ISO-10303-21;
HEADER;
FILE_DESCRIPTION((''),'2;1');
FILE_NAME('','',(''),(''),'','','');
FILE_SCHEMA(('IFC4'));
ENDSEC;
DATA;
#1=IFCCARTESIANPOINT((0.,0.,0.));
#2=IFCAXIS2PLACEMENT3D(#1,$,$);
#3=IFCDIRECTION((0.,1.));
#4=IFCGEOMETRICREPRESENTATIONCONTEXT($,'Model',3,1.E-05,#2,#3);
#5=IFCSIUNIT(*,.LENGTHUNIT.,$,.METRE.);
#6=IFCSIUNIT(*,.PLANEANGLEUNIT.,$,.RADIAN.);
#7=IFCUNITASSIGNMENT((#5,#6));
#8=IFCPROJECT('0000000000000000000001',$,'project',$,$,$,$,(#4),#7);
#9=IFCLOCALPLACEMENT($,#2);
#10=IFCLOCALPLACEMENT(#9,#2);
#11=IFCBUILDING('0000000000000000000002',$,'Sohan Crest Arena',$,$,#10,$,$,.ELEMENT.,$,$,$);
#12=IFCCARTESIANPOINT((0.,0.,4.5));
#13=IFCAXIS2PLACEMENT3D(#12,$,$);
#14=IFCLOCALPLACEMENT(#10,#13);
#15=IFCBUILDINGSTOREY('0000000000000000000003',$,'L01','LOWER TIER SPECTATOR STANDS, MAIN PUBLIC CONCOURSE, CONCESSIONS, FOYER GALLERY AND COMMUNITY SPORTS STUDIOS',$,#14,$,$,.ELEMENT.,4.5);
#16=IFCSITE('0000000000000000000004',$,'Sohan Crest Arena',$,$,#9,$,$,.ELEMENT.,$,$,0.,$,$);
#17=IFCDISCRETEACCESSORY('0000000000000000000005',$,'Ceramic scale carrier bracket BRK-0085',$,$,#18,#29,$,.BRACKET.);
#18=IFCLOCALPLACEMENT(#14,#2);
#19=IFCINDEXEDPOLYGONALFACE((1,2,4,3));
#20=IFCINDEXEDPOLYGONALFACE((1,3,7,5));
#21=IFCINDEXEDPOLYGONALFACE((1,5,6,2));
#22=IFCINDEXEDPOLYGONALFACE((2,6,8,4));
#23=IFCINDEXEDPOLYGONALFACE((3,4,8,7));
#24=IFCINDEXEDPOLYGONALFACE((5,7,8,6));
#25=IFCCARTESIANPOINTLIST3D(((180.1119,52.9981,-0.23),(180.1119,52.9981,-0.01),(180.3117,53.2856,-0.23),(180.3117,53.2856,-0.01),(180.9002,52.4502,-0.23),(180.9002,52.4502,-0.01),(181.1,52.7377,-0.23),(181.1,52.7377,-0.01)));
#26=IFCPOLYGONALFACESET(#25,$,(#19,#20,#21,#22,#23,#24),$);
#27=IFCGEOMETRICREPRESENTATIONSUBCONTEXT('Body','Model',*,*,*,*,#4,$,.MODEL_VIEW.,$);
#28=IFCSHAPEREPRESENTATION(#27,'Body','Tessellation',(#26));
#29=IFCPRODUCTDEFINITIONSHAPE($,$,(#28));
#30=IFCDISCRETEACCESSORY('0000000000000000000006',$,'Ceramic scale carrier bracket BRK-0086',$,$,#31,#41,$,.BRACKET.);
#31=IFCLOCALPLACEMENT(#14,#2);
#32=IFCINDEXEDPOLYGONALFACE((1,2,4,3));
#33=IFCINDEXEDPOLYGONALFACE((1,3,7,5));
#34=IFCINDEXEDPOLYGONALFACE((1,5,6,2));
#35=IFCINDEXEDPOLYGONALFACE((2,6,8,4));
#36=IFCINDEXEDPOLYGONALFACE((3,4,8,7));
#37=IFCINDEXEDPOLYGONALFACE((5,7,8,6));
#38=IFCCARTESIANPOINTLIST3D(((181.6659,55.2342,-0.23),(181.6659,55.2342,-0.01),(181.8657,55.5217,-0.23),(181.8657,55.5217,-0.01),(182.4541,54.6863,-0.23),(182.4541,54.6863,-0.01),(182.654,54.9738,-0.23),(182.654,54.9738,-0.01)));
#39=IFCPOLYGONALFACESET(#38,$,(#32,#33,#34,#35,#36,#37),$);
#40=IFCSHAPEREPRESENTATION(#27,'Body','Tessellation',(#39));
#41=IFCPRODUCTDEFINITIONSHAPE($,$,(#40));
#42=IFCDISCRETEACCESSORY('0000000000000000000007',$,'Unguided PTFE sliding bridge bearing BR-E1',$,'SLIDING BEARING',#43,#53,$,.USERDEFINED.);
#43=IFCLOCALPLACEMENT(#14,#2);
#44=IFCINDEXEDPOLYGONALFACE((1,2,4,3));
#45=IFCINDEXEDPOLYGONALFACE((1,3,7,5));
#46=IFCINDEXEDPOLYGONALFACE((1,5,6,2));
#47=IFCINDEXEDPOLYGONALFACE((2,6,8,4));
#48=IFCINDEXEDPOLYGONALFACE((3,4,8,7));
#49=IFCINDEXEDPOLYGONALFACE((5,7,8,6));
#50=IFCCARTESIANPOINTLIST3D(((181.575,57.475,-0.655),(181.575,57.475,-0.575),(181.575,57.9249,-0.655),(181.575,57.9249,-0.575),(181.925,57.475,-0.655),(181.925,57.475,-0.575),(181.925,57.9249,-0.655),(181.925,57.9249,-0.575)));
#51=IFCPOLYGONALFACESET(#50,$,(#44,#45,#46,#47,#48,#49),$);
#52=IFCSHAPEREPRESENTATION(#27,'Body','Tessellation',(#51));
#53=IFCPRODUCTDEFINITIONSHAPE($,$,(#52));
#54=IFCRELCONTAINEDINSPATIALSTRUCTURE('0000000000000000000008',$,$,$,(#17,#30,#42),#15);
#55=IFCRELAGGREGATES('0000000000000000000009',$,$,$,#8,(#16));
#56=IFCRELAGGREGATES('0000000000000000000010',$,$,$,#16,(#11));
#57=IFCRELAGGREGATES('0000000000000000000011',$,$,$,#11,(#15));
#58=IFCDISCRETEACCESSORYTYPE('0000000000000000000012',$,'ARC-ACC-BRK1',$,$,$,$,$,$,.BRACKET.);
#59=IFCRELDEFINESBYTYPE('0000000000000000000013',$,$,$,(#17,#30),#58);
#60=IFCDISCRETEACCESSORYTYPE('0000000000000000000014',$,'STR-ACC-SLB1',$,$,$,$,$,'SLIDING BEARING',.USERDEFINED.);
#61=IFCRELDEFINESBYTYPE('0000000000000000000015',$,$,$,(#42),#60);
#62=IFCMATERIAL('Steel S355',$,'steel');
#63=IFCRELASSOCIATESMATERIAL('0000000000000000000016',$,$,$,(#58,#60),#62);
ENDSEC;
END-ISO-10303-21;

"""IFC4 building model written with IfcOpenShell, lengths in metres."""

from ifc_helpers import new_model, si_unit, direction, frame, origin, origin_2d, place, context, subcontext, project, spatial, rectangle, extrude, material, type_object, element, save


model = new_model("IFC4")

# Units and contexts
model_context = context("Model", 3, precision=1e-05, world=origin(), true_north=direction((0.0, 1.0)))
body_context = subcontext(model_context, "Body", "Model", "MODEL_VIEW")
ifc_project = project(units=[si_unit("LENGTHUNIT", "METRE"), si_unit("PLANEANGLEUNIT", "RADIAN")], contexts=[model_context])

# Site, building, storey
site_placement = place(None, origin())
site = spatial("IfcSite", under=ifc_project, at=site_placement, Name="Sohan Crest Arena", CompositionType="ELEMENT", RefElevation=0.0)
building_placement = place(site_placement, origin())
building = spatial("IfcBuilding", under=site, at=building_placement, Name="Sohan Crest Arena", CompositionType="ELEMENT")
storey_placement = place(building_placement, frame((0.0, 0.0, 4.5)))
storey = spatial("IfcBuildingStorey", under=building, at=storey_placement, Name="L01", Description="LOWER TIER SPECTATOR STANDS, MAIN PUBLIC CONCOURSE, CONCESSIONS, FOYER GALLERY AND COMMUNITY SPORTS STUDIOS", CompositionType="ELEMENT", Elevation=4.5)

# Shared definitions
ifc_material_1 = material(Name="Steel S355", Category="steel")

# Discrete accessories
discrete_accessory_type_1 = type_object("IfcDiscreteAccessoryType", Name="ARC-ACC-BRK1", PredefinedType="BRACKET", material=ifc_material_1)
for number, where, z_axis, x_axis, name in (
    (1, (180.606, 52.8679, -0.23), (0.0, 0.0, 1.0), (0.570714, 0.821149, 0.0), "Ceramic scale carrier bracket BRK-0085"),
    (2, (182.1599, 55.104, -0.23), (0.0, 0.0, 1.0), (0.570714, 0.821149, 0.0), "Ceramic scale carrier bracket BRK-0086"),
):
    element("IfcDiscreteAccessory", number, at=place(storey_placement, frame(where, z_axis=z_axis, x_axis=x_axis)), inside=storey, type_object=discrete_accessory_type_1, Name=name, PredefinedType="BRACKET", context=body_context, shape_type="SweptSolid", body=[
        extrude(rectangle(XDim=0.3501, YDim=0.96, at=origin_2d()), origin(), (0.0, 0.0, 1.0), 0.22),
    ])
discrete_accessory_type_2 = type_object("IfcDiscreteAccessoryType", Name="STR-ACC-SLB1", ElementType="SLIDING BEARING", PredefinedType="USERDEFINED", material=ifc_material_1)
discrete_accessory_placement = place(storey_placement, frame((181.75, 57.7, -0.655), z_axis=(0.0, 0.0, 1.0), x_axis=(1.0, 0.0, 0.0)))
element("IfcDiscreteAccessory", 3, at=discrete_accessory_placement, inside=storey, type_object=discrete_accessory_type_2, Name="Unguided PTFE sliding bridge bearing BR-E1", ObjectType="SLIDING BEARING", PredefinedType="USERDEFINED", context=body_context, shape_type="SweptSolid", body=[
    extrude(rectangle(XDim=0.3501, YDim=0.45, at=origin_2d()), origin(), (0.0, 0.0, 1.0), 0.0801),
])

save(model, "model.ifc")
